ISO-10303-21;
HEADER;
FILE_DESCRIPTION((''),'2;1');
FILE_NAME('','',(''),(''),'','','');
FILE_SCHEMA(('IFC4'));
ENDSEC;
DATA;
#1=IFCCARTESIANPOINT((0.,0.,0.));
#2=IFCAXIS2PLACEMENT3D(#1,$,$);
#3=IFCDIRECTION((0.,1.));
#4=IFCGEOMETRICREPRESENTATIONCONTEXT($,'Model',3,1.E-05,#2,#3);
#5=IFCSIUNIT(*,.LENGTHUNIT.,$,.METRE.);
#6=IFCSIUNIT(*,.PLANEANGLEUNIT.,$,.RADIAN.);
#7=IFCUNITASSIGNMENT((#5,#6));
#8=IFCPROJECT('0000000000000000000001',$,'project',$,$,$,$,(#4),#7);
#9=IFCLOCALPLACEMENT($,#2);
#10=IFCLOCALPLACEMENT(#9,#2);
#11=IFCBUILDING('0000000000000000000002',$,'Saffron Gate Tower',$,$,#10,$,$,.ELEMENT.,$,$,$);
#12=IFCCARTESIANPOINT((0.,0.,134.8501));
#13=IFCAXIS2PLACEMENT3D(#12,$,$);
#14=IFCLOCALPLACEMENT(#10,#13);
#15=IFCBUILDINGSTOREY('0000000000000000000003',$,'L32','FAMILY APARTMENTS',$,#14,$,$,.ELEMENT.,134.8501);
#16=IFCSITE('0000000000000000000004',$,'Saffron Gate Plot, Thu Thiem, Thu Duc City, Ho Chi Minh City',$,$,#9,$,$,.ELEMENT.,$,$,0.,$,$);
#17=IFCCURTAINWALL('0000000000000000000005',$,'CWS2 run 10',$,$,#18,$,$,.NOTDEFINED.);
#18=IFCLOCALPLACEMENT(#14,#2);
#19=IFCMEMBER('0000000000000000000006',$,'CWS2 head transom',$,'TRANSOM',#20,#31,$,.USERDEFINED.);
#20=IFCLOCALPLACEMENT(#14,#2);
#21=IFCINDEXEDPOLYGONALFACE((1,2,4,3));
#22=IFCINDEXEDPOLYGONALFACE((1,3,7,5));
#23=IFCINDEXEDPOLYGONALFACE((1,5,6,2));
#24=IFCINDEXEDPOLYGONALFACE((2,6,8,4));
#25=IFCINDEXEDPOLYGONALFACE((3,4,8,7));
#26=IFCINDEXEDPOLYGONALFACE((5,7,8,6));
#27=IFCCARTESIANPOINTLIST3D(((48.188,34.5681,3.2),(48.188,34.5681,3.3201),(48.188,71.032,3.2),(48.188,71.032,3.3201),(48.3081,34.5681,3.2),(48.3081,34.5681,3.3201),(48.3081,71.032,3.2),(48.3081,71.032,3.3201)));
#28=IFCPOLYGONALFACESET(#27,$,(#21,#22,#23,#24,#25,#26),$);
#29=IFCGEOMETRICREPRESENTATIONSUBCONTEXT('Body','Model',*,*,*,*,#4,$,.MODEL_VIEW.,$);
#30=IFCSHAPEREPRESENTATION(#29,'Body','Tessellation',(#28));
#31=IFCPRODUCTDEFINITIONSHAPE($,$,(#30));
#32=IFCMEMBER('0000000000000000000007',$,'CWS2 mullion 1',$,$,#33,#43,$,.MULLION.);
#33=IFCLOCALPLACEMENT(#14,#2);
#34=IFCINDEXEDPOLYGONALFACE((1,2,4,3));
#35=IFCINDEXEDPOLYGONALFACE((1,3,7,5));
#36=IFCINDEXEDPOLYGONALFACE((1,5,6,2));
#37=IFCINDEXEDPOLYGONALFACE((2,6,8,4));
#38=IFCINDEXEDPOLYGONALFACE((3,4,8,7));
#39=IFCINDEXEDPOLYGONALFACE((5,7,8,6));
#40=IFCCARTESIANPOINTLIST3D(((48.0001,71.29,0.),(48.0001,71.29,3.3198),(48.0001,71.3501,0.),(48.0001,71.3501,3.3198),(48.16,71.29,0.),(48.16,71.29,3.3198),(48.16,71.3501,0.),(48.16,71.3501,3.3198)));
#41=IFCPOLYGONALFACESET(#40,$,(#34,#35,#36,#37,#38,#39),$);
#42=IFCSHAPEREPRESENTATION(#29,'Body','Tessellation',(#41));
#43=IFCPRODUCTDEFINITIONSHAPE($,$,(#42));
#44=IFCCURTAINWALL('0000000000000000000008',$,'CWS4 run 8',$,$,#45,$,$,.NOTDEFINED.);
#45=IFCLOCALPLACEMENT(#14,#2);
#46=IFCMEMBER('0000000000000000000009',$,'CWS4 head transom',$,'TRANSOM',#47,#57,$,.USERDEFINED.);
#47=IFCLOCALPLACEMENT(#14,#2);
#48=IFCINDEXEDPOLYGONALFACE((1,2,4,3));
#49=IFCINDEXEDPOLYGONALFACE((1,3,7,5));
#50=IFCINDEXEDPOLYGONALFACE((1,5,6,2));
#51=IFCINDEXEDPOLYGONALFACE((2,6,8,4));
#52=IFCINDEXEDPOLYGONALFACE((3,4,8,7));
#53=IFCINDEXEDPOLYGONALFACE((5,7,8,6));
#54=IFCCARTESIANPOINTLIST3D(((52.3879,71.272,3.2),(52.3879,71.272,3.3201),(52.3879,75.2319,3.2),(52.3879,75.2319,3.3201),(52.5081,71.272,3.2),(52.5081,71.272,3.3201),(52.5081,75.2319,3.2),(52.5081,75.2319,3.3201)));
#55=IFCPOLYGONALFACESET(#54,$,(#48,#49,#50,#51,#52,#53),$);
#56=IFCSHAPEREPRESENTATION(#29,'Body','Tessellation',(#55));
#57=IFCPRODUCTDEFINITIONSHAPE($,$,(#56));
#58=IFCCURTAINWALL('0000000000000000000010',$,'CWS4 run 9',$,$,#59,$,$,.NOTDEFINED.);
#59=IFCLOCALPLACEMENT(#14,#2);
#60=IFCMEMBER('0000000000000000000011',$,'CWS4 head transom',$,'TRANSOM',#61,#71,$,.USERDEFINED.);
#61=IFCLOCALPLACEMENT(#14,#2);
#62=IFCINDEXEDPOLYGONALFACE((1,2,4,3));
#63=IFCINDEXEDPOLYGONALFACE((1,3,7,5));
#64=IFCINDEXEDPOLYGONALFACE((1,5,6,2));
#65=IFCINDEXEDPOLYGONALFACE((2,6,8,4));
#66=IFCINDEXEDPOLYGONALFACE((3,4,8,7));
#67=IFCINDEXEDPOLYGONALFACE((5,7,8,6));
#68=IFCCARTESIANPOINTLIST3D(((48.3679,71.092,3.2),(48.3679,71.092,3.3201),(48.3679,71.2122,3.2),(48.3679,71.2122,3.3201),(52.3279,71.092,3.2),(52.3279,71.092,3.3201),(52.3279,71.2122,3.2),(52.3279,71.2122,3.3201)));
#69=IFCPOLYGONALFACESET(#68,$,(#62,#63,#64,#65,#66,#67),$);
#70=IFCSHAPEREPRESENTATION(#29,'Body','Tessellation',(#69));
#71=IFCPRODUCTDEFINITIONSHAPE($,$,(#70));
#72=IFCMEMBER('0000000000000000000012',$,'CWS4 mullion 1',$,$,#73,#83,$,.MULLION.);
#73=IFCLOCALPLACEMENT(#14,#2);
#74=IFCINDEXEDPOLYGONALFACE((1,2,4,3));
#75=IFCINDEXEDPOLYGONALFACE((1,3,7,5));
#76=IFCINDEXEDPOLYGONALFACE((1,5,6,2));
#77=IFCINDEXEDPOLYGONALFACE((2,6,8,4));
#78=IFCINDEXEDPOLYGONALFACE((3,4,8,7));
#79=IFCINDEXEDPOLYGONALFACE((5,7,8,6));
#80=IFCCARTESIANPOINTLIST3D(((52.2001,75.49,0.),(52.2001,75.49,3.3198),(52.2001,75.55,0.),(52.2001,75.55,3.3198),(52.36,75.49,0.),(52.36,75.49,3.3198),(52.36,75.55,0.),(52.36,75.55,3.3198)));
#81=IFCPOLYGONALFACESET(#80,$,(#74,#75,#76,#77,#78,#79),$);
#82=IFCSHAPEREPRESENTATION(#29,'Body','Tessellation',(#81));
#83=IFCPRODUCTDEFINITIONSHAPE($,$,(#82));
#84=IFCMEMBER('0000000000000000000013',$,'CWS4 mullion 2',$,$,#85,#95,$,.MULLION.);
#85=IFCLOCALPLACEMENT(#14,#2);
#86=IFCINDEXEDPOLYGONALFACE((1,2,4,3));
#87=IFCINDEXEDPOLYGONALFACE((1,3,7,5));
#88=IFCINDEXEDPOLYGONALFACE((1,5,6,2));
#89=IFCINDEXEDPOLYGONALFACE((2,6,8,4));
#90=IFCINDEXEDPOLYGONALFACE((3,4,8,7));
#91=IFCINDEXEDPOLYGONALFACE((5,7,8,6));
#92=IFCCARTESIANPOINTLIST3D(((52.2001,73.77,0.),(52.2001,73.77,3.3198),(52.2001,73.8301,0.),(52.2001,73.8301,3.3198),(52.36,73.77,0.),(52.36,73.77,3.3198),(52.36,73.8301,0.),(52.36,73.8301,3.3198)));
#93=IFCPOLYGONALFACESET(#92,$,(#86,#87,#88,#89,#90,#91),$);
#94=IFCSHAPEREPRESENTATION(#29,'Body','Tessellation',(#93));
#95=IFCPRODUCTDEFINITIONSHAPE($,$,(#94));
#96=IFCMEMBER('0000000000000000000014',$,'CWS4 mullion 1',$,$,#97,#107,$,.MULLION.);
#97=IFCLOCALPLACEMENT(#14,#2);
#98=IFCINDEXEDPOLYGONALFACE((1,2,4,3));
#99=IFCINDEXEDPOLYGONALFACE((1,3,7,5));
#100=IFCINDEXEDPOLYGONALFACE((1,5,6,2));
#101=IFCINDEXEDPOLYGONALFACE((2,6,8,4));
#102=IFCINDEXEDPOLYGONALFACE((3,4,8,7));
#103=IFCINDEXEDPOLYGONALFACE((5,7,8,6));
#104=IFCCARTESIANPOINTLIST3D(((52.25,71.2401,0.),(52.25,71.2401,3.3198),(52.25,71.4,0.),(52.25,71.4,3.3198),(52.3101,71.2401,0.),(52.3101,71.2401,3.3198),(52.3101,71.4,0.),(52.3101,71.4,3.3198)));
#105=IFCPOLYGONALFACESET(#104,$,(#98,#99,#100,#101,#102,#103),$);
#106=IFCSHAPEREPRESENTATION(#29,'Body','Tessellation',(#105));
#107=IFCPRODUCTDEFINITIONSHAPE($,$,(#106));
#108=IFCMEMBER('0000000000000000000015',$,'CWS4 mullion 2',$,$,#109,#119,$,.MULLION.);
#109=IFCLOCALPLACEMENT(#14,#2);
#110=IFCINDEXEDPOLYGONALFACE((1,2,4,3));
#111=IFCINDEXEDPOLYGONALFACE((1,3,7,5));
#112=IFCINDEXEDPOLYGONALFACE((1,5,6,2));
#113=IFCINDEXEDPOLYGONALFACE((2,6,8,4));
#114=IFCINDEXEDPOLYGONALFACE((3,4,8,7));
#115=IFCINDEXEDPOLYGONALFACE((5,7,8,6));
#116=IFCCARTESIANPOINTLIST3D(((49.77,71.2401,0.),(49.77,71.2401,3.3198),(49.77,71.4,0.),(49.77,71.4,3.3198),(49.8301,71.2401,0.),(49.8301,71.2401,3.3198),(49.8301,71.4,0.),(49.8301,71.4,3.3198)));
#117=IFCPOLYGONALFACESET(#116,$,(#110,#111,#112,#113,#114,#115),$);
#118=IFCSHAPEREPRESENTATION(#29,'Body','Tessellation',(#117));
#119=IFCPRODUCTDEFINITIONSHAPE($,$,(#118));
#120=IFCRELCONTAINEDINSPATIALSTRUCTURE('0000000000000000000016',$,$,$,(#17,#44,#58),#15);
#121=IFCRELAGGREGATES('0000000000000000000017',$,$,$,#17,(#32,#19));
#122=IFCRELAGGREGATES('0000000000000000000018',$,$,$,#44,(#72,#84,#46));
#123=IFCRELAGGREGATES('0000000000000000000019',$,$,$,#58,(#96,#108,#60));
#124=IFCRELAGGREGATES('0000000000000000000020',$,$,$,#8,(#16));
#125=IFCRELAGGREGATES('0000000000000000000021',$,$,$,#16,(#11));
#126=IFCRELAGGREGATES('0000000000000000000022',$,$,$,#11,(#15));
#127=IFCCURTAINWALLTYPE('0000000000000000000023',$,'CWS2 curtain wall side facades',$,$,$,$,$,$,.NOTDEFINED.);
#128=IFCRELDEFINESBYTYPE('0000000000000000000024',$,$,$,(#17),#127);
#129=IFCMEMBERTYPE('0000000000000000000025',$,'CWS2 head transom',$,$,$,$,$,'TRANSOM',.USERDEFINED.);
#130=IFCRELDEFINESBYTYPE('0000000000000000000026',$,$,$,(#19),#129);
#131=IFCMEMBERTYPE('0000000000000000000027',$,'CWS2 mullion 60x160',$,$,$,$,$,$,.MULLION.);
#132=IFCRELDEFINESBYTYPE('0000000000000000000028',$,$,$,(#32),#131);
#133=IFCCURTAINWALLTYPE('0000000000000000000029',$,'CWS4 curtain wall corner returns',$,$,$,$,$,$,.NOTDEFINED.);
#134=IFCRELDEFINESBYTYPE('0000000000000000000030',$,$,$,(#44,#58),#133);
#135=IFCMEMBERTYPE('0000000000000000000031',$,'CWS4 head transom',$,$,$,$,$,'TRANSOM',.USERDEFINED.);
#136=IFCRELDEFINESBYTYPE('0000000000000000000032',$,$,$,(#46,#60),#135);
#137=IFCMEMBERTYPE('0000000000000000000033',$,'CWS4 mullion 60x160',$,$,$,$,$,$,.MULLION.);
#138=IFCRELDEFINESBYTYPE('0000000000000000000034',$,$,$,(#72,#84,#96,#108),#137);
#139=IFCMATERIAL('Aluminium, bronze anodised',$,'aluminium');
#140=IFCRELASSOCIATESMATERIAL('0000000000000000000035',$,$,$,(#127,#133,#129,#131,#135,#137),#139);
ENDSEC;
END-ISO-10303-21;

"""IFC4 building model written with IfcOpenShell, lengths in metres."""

from ifc_helpers import new_model, si_unit, direction, frame, origin, origin_2d, place, context, subcontext, project, spatial, rectangle, extrude, material, material_profile, profile_set, type_object, element, aggregate, save


model = new_model("IFC4")

# Units and contexts
model_context = context("Model", 3, precision=1e-05, world=origin(), true_north=direction((0.0, 1.0)))
body_context = subcontext(model_context, "Body", "Model", "MODEL_VIEW")
ifc_project = project(units=[si_unit("LENGTHUNIT", "METRE"), si_unit("PLANEANGLEUNIT", "RADIAN")], contexts=[model_context])

# Site, building, storey
site_placement = place(None, origin())
site = spatial("IfcSite", under=ifc_project, at=site_placement, Name="Saffron Gate Plot, Thu Thiem, Thu Duc City, Ho Chi Minh City", CompositionType="ELEMENT", RefElevation=0.0)
building_placement = place(site_placement, origin())
building = spatial("IfcBuilding", under=site, at=building_placement, Name="Saffron Gate Tower", CompositionType="ELEMENT")
storey_placement = place(building_placement, frame((0.0, 0.0, 134.8501)))
storey = spatial("IfcBuildingStorey", under=building, at=storey_placement, Name="L32", Description="FAMILY APARTMENTS", CompositionType="ELEMENT", Elevation=134.8501)

# Curtain wall, members
ifc_material_1 = material(Name="Aluminium, bronze anodised", Category="aluminium")
curtain_wall_type_1 = type_object("IfcCurtainWallType", Name="CWS2 curtain wall side facades", PredefinedType="NOTDEFINED", material=ifc_material_1)
curtain_wall_1_placement = place(storey_placement, origin())
curtain_wall_1 = element("IfcCurtainWall", 1, at=curtain_wall_1_placement, inside=storey, type_object=curtain_wall_type_1, Name="CWS2 run 10", PredefinedType="NOTDEFINED")
ifc_material_profile_1 = material_profile(ifc_material_1, rectangle(XDim=0.1201, YDim=0.1201, at=origin_2d()))
ifc_profile_set_1 = profile_set([ifc_material_profile_1], Name="Aluminium, bronze anodised")
member_type_1 = type_object("IfcMemberType", Name="CWS2 head transom", ElementType="TRANSOM", PredefinedType="USERDEFINED", material=ifc_profile_set_1)
member_1_placement = place(storey_placement, frame((48.248, 71.032, 3.26), z_axis=(0.0, -1.0, 0.0), x_axis=(1.0, 0.0, 0.0)))
member_1 = element("IfcMember", 2, at=member_1_placement, type_object=member_type_1, Name="CWS2 head transom", ObjectType="TRANSOM", PredefinedType="USERDEFINED", context=body_context, shape_type="SweptSolid", body=[
    extrude(rectangle(XDim=0.1201, YDim=0.1201, at=origin_2d()), origin(), (0.0, 0.0, 1.0), 36.4639),
])
ifc_material_profile_2 = material_profile(ifc_material_1, rectangle(XDim=0.1599, YDim=0.0601, at=origin_2d()))
ifc_profile_set_2 = profile_set([ifc_material_profile_2], Name="Aluminium, bronze anodised")
member_type_2 = type_object("IfcMemberType", Name="CWS2 mullion 60x160", PredefinedType="MULLION", material=ifc_profile_set_2)
member_2_placement = place(storey_placement, frame((48.0801, 71.3201, 0.0), z_axis=(0.0, 0.0, 1.0), x_axis=(1.0, 0.0, 0.0)))
member_2 = element("IfcMember", 3, at=member_2_placement, type_object=member_type_2, Name="CWS2 mullion 1", PredefinedType="MULLION", context=body_context, shape_type="SweptSolid", body=[
    extrude(rectangle(XDim=0.1599, YDim=0.0601, at=origin_2d()), origin(), (0.0, 0.0, 1.0), 3.3198),
])

# Curtain walls, members
curtain_wall_type_2 = type_object("IfcCurtainWallType", Name="CWS4 curtain wall corner returns", PredefinedType="NOTDEFINED", material=ifc_material_1)
curtain_wall_2_placement = place(storey_placement, origin())
curtain_wall_2 = element("IfcCurtainWall", 4, at=curtain_wall_2_placement, inside=storey, type_object=curtain_wall_type_2, Name="CWS4 run 8", PredefinedType="NOTDEFINED")
ifc_material_profile_3 = material_profile(ifc_material_1, rectangle(XDim=0.1201, YDim=0.1201, at=origin_2d()))
ifc_profile_set_3 = profile_set([ifc_material_profile_3], Name="Aluminium, bronze anodised")
member_type_3 = type_object("IfcMemberType", Name="CWS4 head transom", ElementType="TRANSOM", PredefinedType="USERDEFINED", material=ifc_profile_set_3)
member_3_placement = place(storey_placement, frame((52.448, 75.2319, 3.26), z_axis=(0.0, -1.0, 0.0), x_axis=(1.0, 0.0, 0.0)))
member_3 = element("IfcMember", 5, at=member_3_placement, type_object=member_type_3, Name="CWS4 head transom", ObjectType="TRANSOM", PredefinedType="USERDEFINED", context=body_context, shape_type="SweptSolid", body=[
    extrude(rectangle(XDim=0.1201, YDim=0.1201, at=origin_2d()), origin(), (0.0, 0.0, 1.0), 3.96),
])
curtain_wall_3_placement = place(storey_placement, origin())
curtain_wall_3 = element("IfcCurtainWall", 6, at=curtain_wall_3_placement, inside=storey, type_object=curtain_wall_type_2, Name="CWS4 run 9", PredefinedType="NOTDEFINED")
member_4_placement = place(storey_placement, frame((52.3279, 71.1521, 3.26), z_axis=(-1.0, 0.0, 0.0), x_axis=(0.0, -1.0, 0.0)))
member_4 = element("IfcMember", 7, at=member_4_placement, type_object=member_type_3, Name="CWS4 head transom", ObjectType="TRANSOM", PredefinedType="USERDEFINED", context=body_context, shape_type="SweptSolid", body=[
    extrude(rectangle(XDim=0.1201, YDim=0.1201, at=origin_2d()), origin(), (0.0, 0.0, 1.0), 3.96),
])

# Members
ifc_material_profile_4 = material_profile(ifc_material_1, rectangle(XDim=0.1599, YDim=0.0601, at=origin_2d()))
ifc_profile_set_4 = profile_set([ifc_material_profile_4], Name="Aluminium, bronze anodised")
member_type_4 = type_object("IfcMemberType", Name="CWS4 mullion 60x160", PredefinedType="MULLION", material=ifc_profile_set_4)
member_5_placement = place(storey_placement, frame((52.28, 75.52, 0.0), z_axis=(0.0, 0.0, 1.0), x_axis=(1.0, 0.0, 0.0)))
member_5 = element("IfcMember", 8, at=member_5_placement, type_object=member_type_4, Name="CWS4 mullion 1", PredefinedType="MULLION", context=body_context, shape_type="SweptSolid", body=[
    extrude(rectangle(XDim=0.1599, YDim=0.0601, at=origin_2d()), origin(), (0.0, 0.0, 1.0), 3.3198),
])
member_6_placement = place(storey_placement, frame((52.28, 73.8, 0.0), z_axis=(0.0, 0.0, 1.0), x_axis=(1.0, 0.0, 0.0)))
member_6 = element("IfcMember", 9, at=member_6_placement, type_object=member_type_4, Name="CWS4 mullion 2", PredefinedType="MULLION", context=body_context, shape_type="SweptSolid", body=[
    extrude(rectangle(XDim=0.1599, YDim=0.0601, at=origin_2d()), origin(), (0.0, 0.0, 1.0), 3.3198),
])
member_7_placement = place(storey_placement, frame((52.28, 71.3201, 0.0), z_axis=(0.0, 0.0, 1.0), x_axis=(0.0, -1.0, 0.0)))
member_7 = element("IfcMember", 10, at=member_7_placement, type_object=member_type_4, Name="CWS4 mullion 1", PredefinedType="MULLION", context=body_context, shape_type="SweptSolid", body=[
    extrude(rectangle(XDim=0.1599, YDim=0.0601, at=origin_2d()), origin(), (0.0, 0.0, 1.0), 3.3198),
])
member_8_placement = place(storey_placement, frame((49.8, 71.3201, 0.0), z_axis=(0.0, 0.0, 1.0), x_axis=(0.0, -1.0, 0.0)))
member_8 = element("IfcMember", 11, at=member_8_placement, type_object=member_type_4, Name="CWS4 mullion 2", PredefinedType="MULLION", context=body_context, shape_type="SweptSolid", body=[
    extrude(rectangle(XDim=0.1599, YDim=0.0601, at=origin_2d()), origin(), (0.0, 0.0, 1.0), 3.3198),
])

aggregate(curtain_wall_1, [member_2, member_1])

aggregate(curtain_wall_2, [member_5, member_6, member_3])
aggregate(curtain_wall_3, [member_7, member_8, member_4])

save(model, "model.ifc")
